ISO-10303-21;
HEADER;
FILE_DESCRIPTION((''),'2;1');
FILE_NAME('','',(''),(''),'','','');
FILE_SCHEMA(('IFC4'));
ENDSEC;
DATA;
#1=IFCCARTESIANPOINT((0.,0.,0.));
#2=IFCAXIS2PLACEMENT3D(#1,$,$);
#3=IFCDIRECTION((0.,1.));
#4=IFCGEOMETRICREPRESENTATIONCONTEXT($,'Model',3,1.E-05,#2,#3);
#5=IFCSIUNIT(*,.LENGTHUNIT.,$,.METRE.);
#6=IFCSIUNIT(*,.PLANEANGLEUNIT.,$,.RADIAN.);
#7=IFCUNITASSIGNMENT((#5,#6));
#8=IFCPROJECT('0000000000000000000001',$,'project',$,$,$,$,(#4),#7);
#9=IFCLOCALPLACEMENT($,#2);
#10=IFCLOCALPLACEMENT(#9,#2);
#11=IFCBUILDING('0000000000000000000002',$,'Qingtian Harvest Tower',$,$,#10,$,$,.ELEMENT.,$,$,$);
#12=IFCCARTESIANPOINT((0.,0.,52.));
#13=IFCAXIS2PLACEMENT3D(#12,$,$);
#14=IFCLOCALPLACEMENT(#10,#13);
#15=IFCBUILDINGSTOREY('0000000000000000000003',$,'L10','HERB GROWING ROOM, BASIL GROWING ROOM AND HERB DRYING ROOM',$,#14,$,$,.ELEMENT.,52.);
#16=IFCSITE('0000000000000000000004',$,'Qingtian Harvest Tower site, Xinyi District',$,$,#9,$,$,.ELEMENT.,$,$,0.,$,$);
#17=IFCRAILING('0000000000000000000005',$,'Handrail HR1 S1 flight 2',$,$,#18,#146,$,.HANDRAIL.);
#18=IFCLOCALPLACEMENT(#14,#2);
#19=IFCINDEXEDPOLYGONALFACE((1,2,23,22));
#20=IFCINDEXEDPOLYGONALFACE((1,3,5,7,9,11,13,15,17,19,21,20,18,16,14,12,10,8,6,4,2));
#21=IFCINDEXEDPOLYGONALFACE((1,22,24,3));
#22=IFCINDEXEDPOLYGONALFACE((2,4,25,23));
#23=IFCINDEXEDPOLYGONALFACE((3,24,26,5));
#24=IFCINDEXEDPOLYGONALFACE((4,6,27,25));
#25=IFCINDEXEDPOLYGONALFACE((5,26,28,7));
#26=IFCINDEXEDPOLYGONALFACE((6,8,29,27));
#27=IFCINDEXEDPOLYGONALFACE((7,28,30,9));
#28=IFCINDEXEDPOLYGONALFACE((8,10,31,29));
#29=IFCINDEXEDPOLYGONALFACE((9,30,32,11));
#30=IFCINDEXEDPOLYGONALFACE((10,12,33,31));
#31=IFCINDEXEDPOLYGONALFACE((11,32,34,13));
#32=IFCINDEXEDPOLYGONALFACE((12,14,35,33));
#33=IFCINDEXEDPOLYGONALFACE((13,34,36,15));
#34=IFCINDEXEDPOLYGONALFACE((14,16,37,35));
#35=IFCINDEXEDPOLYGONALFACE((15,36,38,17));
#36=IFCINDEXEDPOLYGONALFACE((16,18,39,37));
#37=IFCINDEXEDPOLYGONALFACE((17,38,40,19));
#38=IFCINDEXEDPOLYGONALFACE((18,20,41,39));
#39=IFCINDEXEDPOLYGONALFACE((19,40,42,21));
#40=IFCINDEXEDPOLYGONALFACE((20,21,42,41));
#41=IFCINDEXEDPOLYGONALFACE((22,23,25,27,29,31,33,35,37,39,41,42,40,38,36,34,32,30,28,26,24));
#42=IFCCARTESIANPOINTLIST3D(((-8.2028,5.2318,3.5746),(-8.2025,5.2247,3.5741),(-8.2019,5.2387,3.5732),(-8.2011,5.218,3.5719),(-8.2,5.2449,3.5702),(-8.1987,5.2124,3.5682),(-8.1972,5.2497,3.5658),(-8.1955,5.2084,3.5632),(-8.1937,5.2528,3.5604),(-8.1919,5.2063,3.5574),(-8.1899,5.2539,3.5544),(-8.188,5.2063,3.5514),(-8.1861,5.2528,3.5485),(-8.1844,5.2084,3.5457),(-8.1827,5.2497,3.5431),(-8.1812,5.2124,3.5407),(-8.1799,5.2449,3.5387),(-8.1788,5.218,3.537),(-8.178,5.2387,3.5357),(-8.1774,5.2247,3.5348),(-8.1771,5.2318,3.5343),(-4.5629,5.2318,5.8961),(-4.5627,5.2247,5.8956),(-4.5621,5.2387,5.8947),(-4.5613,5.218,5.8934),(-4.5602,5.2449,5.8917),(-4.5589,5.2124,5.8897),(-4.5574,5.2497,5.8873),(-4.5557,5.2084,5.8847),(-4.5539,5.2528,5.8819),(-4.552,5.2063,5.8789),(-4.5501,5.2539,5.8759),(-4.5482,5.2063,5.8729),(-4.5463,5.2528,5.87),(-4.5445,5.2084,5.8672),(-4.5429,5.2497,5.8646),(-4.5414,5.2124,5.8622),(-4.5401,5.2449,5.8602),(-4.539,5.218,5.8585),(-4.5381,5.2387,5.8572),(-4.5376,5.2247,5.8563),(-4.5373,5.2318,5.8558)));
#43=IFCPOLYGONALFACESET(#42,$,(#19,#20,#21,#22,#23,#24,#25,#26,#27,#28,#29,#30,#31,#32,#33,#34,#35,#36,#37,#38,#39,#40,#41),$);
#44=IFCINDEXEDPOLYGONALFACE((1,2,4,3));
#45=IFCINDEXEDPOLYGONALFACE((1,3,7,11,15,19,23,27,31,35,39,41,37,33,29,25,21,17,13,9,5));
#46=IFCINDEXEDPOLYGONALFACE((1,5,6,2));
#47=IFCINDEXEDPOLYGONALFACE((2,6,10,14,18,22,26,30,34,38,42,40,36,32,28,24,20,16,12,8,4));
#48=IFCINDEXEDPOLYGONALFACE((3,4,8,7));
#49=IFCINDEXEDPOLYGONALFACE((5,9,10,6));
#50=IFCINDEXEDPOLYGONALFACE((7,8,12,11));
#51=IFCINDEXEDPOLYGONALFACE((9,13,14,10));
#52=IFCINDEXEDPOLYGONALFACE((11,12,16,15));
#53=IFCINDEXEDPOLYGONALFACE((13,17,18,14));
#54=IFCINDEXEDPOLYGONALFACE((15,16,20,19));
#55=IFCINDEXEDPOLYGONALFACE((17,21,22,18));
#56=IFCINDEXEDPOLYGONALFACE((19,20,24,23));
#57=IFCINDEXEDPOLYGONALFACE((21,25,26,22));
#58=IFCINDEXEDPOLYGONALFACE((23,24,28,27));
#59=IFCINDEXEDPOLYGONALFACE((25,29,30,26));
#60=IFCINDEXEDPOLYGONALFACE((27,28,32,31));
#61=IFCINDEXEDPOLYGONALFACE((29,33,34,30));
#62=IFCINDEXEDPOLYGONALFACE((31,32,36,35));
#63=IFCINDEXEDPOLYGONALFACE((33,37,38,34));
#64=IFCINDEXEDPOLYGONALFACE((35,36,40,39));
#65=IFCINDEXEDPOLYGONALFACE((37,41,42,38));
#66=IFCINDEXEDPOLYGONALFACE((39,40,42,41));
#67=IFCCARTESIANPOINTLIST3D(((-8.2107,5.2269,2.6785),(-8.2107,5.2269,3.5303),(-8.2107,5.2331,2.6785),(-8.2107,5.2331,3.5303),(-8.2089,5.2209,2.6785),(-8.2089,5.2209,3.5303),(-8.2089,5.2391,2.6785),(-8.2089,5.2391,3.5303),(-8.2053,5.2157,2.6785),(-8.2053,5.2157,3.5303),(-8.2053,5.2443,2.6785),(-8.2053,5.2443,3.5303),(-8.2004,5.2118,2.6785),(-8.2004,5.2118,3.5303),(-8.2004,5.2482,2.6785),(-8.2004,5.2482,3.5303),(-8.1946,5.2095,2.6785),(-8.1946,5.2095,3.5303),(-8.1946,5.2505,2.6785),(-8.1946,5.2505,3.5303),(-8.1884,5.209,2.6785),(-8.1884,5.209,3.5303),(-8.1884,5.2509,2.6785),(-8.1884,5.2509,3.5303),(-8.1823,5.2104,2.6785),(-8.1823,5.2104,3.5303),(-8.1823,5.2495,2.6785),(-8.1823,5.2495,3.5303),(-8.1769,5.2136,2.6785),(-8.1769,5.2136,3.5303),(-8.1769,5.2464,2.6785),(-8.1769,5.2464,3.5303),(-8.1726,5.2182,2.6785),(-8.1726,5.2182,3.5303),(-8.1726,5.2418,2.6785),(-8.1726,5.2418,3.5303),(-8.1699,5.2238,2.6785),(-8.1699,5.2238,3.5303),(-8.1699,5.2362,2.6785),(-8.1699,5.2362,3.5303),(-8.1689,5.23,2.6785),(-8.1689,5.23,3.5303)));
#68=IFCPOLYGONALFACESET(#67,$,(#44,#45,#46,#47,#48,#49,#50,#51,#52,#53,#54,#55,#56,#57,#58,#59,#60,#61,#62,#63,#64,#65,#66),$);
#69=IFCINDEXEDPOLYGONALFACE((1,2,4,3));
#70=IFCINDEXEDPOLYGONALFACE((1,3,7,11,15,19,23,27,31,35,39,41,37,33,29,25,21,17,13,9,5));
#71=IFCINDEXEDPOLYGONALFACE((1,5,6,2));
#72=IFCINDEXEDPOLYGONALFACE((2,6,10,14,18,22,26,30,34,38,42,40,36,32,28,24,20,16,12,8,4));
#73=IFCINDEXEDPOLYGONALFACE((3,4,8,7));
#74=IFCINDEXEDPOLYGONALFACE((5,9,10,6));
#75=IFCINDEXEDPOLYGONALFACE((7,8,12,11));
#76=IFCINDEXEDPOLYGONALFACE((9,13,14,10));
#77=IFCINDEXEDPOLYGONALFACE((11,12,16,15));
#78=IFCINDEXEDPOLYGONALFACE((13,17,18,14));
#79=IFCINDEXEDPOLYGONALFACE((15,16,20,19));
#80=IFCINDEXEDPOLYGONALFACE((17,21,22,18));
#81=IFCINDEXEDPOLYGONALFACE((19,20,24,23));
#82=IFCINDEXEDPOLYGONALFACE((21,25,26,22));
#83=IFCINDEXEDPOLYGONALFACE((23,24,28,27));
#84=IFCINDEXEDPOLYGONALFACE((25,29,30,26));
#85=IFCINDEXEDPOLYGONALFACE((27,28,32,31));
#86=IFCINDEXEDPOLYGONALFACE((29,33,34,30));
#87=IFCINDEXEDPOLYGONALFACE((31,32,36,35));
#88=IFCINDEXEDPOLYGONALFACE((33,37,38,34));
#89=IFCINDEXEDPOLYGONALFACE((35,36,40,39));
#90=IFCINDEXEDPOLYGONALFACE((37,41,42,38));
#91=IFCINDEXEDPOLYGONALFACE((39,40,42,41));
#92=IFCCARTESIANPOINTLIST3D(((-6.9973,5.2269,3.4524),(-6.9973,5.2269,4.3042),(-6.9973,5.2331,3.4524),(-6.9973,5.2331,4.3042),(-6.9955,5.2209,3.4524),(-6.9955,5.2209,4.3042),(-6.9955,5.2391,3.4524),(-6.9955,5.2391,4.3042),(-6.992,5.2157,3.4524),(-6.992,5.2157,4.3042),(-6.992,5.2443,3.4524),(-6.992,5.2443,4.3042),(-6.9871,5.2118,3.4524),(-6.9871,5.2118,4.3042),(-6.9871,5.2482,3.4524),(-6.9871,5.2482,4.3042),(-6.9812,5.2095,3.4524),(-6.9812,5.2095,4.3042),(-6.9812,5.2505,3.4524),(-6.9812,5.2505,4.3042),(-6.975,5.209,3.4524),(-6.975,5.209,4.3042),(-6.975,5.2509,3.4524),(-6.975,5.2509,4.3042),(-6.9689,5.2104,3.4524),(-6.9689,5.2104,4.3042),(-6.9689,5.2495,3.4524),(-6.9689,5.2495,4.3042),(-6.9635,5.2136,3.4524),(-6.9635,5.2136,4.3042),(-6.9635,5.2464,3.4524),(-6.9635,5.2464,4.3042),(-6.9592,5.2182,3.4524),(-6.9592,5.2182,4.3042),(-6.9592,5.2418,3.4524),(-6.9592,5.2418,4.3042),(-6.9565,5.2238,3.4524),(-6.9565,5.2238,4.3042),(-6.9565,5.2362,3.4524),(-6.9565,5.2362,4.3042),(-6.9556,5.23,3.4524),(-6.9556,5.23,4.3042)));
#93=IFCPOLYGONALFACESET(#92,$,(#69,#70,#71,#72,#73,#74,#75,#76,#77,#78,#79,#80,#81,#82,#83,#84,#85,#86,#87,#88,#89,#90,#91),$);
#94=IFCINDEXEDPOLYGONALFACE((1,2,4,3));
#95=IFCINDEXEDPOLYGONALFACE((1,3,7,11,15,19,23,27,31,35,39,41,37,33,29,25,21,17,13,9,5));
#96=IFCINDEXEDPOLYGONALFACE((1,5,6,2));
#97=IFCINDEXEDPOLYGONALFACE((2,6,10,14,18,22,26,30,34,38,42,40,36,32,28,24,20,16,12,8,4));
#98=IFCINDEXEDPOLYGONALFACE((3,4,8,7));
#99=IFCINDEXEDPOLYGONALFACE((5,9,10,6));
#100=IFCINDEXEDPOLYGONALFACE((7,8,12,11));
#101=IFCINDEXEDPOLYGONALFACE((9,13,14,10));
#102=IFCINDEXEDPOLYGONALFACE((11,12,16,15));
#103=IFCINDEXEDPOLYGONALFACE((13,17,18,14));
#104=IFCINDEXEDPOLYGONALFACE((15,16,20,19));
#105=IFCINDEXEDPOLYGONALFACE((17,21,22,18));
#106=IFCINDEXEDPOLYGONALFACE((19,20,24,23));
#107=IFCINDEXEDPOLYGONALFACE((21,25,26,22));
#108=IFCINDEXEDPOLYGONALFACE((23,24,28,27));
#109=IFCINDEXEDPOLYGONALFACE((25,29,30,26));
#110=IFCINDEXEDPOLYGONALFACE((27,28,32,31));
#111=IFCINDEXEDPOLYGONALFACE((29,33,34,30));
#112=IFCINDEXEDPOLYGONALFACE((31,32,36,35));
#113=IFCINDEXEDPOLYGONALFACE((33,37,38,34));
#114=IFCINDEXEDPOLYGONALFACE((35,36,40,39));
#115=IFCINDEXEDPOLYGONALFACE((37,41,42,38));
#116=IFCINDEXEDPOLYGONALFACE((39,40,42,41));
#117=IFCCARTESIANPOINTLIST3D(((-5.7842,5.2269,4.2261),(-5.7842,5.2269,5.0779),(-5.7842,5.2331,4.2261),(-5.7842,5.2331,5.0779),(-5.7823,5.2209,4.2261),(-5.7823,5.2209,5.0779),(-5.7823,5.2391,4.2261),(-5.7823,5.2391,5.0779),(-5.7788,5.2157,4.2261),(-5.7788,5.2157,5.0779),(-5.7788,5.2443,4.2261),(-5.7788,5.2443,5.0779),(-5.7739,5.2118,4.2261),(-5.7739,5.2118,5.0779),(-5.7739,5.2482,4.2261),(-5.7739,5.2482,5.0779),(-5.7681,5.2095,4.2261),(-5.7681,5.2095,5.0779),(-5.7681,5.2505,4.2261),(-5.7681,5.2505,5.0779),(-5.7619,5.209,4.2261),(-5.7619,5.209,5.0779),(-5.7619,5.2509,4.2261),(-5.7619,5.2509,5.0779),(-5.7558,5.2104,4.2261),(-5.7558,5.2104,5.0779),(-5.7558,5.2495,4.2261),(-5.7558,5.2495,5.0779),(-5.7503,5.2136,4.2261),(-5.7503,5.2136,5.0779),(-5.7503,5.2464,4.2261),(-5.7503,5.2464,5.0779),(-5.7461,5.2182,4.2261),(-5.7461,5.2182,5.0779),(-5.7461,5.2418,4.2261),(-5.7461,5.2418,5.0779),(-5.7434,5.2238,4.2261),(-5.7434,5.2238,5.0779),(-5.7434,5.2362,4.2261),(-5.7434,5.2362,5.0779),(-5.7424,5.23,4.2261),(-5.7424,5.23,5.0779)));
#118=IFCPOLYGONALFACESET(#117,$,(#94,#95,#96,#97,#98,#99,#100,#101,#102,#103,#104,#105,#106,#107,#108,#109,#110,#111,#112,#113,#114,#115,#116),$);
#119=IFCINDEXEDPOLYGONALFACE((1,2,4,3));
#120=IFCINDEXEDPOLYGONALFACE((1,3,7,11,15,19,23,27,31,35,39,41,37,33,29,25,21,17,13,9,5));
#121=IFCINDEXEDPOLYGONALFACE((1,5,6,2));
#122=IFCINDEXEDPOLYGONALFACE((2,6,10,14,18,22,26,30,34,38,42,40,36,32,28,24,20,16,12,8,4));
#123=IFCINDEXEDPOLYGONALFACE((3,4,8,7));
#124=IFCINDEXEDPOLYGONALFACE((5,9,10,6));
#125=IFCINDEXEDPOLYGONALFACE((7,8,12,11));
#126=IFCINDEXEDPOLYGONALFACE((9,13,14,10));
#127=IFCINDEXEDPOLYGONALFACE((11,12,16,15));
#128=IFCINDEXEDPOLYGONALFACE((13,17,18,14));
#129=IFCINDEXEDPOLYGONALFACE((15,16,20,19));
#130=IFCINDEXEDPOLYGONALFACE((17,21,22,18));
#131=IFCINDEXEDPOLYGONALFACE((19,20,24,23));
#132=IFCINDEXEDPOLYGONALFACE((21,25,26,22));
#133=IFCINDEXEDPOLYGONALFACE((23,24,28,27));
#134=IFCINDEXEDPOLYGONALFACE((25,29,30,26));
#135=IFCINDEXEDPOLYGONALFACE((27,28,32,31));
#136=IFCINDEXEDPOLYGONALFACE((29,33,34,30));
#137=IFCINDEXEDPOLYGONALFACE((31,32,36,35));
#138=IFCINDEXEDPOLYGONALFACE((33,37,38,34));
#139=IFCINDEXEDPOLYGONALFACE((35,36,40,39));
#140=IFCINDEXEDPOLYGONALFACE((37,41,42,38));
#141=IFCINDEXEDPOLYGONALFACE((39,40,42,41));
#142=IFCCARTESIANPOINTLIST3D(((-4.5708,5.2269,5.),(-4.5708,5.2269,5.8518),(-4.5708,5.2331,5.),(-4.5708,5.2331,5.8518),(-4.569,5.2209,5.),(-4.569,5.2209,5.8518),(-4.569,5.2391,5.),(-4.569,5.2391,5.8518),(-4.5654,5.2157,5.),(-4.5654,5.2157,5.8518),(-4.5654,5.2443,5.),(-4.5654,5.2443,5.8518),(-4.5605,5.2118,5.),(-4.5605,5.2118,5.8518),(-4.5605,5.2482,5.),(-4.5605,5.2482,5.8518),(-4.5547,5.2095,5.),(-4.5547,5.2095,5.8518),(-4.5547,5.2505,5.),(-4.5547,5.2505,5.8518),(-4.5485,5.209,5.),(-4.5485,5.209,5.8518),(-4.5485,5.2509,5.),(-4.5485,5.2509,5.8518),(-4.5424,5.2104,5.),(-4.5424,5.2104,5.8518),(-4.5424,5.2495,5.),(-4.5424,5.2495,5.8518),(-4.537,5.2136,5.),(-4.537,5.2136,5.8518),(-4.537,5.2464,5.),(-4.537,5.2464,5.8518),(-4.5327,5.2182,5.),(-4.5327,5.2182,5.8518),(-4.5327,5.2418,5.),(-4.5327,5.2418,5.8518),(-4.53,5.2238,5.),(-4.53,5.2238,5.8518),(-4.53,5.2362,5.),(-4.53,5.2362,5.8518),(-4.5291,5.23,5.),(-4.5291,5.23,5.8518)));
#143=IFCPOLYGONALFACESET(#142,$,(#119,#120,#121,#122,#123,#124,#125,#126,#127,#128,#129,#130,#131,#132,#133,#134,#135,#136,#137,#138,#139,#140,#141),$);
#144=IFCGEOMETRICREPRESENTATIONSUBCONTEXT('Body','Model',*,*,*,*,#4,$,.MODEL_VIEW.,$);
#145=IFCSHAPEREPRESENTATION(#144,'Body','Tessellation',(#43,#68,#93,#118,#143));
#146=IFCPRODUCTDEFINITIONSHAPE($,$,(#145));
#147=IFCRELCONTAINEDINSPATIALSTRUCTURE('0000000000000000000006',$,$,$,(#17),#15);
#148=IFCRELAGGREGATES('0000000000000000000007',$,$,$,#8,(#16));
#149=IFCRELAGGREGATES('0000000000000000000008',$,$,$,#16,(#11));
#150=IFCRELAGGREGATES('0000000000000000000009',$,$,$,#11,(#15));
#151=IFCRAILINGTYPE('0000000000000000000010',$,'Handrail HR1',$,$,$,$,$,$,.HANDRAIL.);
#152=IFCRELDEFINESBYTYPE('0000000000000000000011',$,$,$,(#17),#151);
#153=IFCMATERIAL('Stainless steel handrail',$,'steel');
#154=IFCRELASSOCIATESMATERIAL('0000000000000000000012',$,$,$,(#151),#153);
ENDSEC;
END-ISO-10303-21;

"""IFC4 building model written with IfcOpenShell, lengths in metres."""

from ifc_helpers import new_model, si_unit, direction, frame, origin, origin_2d, place, context, subcontext, project, spatial, circle, extrude, material, type_object, element, save


model = new_model("IFC4")

# Units and contexts
model_context = context("Model", 3, precision=1e-05, world=origin(), true_north=direction((0.0, 1.0)))
body_context = subcontext(model_context, "Body", "Model", "MODEL_VIEW")
ifc_project = project(units=[si_unit("LENGTHUNIT", "METRE"), si_unit("PLANEANGLEUNIT", "RADIAN")], contexts=[model_context])

# Site, building, storey
site_placement = place(None, origin())
site = spatial("IfcSite", under=ifc_project, at=site_placement, Name="Qingtian Harvest Tower site, Xinyi District", CompositionType="ELEMENT", RefElevation=0.0)
building_placement = place(site_placement, origin())
building = spatial("IfcBuilding", under=site, at=building_placement, Name="Qingtian Harvest Tower", CompositionType="ELEMENT")
storey_placement = place(building_placement, frame((0.0, 0.0, 52.0)))
storey = spatial("IfcBuildingStorey", under=building, at=storey_placement, Name="L10", Description="HERB GROWING ROOM, BASIL GROWING ROOM AND HERB DRYING ROOM", CompositionType="ELEMENT", Elevation=52.0)

# Railing
ifc_material_1 = material(Name="Stainless steel handrail", Category="steel")
railing_type = type_object("IfcRailingType", Name="Handrail HR1", PredefinedType="HANDRAIL", material=ifc_material_1)
railing_1_placement = place(storey_placement, frame((-8.1899, 5.23, 2.6785)))
element("IfcRailing", 1, at=railing_1_placement, inside=storey, type_object=railing_type, Name="Handrail HR1 S1 flight 2", PredefinedType="HANDRAIL", context=body_context, shape_type="SweptSolid", body=[
    extrude(circle(Radius=0.0239, at=origin_2d()), frame((0.0, 0.0, 0.876), z_axis=(0.843112, 0.0, 0.537739), x_axis=(0.0, 1.0, 0.0)), (0.0, 0.0, 1.0), 4.3171),
    extrude(circle(Radius=0.021, at=origin_2d()), origin(), (0.0, 0.0, 1.0), 0.8518),
    extrude(circle(Radius=0.021, at=origin_2d()), frame((1.2134, 0.0, 0.7739)), (0.0, 0.0, 1.0), 0.8518),
    extrude(circle(Radius=0.021, at=origin_2d()), frame((2.4265, 0.0, 1.5476)), (0.0, 0.0, 1.0), 0.8518),
    extrude(circle(Radius=0.021, at=origin_2d()), frame((3.6399, 0.0, 2.3215)), (0.0, 0.0, 1.0), 0.8518),
])

save(model, "model.ifc")
